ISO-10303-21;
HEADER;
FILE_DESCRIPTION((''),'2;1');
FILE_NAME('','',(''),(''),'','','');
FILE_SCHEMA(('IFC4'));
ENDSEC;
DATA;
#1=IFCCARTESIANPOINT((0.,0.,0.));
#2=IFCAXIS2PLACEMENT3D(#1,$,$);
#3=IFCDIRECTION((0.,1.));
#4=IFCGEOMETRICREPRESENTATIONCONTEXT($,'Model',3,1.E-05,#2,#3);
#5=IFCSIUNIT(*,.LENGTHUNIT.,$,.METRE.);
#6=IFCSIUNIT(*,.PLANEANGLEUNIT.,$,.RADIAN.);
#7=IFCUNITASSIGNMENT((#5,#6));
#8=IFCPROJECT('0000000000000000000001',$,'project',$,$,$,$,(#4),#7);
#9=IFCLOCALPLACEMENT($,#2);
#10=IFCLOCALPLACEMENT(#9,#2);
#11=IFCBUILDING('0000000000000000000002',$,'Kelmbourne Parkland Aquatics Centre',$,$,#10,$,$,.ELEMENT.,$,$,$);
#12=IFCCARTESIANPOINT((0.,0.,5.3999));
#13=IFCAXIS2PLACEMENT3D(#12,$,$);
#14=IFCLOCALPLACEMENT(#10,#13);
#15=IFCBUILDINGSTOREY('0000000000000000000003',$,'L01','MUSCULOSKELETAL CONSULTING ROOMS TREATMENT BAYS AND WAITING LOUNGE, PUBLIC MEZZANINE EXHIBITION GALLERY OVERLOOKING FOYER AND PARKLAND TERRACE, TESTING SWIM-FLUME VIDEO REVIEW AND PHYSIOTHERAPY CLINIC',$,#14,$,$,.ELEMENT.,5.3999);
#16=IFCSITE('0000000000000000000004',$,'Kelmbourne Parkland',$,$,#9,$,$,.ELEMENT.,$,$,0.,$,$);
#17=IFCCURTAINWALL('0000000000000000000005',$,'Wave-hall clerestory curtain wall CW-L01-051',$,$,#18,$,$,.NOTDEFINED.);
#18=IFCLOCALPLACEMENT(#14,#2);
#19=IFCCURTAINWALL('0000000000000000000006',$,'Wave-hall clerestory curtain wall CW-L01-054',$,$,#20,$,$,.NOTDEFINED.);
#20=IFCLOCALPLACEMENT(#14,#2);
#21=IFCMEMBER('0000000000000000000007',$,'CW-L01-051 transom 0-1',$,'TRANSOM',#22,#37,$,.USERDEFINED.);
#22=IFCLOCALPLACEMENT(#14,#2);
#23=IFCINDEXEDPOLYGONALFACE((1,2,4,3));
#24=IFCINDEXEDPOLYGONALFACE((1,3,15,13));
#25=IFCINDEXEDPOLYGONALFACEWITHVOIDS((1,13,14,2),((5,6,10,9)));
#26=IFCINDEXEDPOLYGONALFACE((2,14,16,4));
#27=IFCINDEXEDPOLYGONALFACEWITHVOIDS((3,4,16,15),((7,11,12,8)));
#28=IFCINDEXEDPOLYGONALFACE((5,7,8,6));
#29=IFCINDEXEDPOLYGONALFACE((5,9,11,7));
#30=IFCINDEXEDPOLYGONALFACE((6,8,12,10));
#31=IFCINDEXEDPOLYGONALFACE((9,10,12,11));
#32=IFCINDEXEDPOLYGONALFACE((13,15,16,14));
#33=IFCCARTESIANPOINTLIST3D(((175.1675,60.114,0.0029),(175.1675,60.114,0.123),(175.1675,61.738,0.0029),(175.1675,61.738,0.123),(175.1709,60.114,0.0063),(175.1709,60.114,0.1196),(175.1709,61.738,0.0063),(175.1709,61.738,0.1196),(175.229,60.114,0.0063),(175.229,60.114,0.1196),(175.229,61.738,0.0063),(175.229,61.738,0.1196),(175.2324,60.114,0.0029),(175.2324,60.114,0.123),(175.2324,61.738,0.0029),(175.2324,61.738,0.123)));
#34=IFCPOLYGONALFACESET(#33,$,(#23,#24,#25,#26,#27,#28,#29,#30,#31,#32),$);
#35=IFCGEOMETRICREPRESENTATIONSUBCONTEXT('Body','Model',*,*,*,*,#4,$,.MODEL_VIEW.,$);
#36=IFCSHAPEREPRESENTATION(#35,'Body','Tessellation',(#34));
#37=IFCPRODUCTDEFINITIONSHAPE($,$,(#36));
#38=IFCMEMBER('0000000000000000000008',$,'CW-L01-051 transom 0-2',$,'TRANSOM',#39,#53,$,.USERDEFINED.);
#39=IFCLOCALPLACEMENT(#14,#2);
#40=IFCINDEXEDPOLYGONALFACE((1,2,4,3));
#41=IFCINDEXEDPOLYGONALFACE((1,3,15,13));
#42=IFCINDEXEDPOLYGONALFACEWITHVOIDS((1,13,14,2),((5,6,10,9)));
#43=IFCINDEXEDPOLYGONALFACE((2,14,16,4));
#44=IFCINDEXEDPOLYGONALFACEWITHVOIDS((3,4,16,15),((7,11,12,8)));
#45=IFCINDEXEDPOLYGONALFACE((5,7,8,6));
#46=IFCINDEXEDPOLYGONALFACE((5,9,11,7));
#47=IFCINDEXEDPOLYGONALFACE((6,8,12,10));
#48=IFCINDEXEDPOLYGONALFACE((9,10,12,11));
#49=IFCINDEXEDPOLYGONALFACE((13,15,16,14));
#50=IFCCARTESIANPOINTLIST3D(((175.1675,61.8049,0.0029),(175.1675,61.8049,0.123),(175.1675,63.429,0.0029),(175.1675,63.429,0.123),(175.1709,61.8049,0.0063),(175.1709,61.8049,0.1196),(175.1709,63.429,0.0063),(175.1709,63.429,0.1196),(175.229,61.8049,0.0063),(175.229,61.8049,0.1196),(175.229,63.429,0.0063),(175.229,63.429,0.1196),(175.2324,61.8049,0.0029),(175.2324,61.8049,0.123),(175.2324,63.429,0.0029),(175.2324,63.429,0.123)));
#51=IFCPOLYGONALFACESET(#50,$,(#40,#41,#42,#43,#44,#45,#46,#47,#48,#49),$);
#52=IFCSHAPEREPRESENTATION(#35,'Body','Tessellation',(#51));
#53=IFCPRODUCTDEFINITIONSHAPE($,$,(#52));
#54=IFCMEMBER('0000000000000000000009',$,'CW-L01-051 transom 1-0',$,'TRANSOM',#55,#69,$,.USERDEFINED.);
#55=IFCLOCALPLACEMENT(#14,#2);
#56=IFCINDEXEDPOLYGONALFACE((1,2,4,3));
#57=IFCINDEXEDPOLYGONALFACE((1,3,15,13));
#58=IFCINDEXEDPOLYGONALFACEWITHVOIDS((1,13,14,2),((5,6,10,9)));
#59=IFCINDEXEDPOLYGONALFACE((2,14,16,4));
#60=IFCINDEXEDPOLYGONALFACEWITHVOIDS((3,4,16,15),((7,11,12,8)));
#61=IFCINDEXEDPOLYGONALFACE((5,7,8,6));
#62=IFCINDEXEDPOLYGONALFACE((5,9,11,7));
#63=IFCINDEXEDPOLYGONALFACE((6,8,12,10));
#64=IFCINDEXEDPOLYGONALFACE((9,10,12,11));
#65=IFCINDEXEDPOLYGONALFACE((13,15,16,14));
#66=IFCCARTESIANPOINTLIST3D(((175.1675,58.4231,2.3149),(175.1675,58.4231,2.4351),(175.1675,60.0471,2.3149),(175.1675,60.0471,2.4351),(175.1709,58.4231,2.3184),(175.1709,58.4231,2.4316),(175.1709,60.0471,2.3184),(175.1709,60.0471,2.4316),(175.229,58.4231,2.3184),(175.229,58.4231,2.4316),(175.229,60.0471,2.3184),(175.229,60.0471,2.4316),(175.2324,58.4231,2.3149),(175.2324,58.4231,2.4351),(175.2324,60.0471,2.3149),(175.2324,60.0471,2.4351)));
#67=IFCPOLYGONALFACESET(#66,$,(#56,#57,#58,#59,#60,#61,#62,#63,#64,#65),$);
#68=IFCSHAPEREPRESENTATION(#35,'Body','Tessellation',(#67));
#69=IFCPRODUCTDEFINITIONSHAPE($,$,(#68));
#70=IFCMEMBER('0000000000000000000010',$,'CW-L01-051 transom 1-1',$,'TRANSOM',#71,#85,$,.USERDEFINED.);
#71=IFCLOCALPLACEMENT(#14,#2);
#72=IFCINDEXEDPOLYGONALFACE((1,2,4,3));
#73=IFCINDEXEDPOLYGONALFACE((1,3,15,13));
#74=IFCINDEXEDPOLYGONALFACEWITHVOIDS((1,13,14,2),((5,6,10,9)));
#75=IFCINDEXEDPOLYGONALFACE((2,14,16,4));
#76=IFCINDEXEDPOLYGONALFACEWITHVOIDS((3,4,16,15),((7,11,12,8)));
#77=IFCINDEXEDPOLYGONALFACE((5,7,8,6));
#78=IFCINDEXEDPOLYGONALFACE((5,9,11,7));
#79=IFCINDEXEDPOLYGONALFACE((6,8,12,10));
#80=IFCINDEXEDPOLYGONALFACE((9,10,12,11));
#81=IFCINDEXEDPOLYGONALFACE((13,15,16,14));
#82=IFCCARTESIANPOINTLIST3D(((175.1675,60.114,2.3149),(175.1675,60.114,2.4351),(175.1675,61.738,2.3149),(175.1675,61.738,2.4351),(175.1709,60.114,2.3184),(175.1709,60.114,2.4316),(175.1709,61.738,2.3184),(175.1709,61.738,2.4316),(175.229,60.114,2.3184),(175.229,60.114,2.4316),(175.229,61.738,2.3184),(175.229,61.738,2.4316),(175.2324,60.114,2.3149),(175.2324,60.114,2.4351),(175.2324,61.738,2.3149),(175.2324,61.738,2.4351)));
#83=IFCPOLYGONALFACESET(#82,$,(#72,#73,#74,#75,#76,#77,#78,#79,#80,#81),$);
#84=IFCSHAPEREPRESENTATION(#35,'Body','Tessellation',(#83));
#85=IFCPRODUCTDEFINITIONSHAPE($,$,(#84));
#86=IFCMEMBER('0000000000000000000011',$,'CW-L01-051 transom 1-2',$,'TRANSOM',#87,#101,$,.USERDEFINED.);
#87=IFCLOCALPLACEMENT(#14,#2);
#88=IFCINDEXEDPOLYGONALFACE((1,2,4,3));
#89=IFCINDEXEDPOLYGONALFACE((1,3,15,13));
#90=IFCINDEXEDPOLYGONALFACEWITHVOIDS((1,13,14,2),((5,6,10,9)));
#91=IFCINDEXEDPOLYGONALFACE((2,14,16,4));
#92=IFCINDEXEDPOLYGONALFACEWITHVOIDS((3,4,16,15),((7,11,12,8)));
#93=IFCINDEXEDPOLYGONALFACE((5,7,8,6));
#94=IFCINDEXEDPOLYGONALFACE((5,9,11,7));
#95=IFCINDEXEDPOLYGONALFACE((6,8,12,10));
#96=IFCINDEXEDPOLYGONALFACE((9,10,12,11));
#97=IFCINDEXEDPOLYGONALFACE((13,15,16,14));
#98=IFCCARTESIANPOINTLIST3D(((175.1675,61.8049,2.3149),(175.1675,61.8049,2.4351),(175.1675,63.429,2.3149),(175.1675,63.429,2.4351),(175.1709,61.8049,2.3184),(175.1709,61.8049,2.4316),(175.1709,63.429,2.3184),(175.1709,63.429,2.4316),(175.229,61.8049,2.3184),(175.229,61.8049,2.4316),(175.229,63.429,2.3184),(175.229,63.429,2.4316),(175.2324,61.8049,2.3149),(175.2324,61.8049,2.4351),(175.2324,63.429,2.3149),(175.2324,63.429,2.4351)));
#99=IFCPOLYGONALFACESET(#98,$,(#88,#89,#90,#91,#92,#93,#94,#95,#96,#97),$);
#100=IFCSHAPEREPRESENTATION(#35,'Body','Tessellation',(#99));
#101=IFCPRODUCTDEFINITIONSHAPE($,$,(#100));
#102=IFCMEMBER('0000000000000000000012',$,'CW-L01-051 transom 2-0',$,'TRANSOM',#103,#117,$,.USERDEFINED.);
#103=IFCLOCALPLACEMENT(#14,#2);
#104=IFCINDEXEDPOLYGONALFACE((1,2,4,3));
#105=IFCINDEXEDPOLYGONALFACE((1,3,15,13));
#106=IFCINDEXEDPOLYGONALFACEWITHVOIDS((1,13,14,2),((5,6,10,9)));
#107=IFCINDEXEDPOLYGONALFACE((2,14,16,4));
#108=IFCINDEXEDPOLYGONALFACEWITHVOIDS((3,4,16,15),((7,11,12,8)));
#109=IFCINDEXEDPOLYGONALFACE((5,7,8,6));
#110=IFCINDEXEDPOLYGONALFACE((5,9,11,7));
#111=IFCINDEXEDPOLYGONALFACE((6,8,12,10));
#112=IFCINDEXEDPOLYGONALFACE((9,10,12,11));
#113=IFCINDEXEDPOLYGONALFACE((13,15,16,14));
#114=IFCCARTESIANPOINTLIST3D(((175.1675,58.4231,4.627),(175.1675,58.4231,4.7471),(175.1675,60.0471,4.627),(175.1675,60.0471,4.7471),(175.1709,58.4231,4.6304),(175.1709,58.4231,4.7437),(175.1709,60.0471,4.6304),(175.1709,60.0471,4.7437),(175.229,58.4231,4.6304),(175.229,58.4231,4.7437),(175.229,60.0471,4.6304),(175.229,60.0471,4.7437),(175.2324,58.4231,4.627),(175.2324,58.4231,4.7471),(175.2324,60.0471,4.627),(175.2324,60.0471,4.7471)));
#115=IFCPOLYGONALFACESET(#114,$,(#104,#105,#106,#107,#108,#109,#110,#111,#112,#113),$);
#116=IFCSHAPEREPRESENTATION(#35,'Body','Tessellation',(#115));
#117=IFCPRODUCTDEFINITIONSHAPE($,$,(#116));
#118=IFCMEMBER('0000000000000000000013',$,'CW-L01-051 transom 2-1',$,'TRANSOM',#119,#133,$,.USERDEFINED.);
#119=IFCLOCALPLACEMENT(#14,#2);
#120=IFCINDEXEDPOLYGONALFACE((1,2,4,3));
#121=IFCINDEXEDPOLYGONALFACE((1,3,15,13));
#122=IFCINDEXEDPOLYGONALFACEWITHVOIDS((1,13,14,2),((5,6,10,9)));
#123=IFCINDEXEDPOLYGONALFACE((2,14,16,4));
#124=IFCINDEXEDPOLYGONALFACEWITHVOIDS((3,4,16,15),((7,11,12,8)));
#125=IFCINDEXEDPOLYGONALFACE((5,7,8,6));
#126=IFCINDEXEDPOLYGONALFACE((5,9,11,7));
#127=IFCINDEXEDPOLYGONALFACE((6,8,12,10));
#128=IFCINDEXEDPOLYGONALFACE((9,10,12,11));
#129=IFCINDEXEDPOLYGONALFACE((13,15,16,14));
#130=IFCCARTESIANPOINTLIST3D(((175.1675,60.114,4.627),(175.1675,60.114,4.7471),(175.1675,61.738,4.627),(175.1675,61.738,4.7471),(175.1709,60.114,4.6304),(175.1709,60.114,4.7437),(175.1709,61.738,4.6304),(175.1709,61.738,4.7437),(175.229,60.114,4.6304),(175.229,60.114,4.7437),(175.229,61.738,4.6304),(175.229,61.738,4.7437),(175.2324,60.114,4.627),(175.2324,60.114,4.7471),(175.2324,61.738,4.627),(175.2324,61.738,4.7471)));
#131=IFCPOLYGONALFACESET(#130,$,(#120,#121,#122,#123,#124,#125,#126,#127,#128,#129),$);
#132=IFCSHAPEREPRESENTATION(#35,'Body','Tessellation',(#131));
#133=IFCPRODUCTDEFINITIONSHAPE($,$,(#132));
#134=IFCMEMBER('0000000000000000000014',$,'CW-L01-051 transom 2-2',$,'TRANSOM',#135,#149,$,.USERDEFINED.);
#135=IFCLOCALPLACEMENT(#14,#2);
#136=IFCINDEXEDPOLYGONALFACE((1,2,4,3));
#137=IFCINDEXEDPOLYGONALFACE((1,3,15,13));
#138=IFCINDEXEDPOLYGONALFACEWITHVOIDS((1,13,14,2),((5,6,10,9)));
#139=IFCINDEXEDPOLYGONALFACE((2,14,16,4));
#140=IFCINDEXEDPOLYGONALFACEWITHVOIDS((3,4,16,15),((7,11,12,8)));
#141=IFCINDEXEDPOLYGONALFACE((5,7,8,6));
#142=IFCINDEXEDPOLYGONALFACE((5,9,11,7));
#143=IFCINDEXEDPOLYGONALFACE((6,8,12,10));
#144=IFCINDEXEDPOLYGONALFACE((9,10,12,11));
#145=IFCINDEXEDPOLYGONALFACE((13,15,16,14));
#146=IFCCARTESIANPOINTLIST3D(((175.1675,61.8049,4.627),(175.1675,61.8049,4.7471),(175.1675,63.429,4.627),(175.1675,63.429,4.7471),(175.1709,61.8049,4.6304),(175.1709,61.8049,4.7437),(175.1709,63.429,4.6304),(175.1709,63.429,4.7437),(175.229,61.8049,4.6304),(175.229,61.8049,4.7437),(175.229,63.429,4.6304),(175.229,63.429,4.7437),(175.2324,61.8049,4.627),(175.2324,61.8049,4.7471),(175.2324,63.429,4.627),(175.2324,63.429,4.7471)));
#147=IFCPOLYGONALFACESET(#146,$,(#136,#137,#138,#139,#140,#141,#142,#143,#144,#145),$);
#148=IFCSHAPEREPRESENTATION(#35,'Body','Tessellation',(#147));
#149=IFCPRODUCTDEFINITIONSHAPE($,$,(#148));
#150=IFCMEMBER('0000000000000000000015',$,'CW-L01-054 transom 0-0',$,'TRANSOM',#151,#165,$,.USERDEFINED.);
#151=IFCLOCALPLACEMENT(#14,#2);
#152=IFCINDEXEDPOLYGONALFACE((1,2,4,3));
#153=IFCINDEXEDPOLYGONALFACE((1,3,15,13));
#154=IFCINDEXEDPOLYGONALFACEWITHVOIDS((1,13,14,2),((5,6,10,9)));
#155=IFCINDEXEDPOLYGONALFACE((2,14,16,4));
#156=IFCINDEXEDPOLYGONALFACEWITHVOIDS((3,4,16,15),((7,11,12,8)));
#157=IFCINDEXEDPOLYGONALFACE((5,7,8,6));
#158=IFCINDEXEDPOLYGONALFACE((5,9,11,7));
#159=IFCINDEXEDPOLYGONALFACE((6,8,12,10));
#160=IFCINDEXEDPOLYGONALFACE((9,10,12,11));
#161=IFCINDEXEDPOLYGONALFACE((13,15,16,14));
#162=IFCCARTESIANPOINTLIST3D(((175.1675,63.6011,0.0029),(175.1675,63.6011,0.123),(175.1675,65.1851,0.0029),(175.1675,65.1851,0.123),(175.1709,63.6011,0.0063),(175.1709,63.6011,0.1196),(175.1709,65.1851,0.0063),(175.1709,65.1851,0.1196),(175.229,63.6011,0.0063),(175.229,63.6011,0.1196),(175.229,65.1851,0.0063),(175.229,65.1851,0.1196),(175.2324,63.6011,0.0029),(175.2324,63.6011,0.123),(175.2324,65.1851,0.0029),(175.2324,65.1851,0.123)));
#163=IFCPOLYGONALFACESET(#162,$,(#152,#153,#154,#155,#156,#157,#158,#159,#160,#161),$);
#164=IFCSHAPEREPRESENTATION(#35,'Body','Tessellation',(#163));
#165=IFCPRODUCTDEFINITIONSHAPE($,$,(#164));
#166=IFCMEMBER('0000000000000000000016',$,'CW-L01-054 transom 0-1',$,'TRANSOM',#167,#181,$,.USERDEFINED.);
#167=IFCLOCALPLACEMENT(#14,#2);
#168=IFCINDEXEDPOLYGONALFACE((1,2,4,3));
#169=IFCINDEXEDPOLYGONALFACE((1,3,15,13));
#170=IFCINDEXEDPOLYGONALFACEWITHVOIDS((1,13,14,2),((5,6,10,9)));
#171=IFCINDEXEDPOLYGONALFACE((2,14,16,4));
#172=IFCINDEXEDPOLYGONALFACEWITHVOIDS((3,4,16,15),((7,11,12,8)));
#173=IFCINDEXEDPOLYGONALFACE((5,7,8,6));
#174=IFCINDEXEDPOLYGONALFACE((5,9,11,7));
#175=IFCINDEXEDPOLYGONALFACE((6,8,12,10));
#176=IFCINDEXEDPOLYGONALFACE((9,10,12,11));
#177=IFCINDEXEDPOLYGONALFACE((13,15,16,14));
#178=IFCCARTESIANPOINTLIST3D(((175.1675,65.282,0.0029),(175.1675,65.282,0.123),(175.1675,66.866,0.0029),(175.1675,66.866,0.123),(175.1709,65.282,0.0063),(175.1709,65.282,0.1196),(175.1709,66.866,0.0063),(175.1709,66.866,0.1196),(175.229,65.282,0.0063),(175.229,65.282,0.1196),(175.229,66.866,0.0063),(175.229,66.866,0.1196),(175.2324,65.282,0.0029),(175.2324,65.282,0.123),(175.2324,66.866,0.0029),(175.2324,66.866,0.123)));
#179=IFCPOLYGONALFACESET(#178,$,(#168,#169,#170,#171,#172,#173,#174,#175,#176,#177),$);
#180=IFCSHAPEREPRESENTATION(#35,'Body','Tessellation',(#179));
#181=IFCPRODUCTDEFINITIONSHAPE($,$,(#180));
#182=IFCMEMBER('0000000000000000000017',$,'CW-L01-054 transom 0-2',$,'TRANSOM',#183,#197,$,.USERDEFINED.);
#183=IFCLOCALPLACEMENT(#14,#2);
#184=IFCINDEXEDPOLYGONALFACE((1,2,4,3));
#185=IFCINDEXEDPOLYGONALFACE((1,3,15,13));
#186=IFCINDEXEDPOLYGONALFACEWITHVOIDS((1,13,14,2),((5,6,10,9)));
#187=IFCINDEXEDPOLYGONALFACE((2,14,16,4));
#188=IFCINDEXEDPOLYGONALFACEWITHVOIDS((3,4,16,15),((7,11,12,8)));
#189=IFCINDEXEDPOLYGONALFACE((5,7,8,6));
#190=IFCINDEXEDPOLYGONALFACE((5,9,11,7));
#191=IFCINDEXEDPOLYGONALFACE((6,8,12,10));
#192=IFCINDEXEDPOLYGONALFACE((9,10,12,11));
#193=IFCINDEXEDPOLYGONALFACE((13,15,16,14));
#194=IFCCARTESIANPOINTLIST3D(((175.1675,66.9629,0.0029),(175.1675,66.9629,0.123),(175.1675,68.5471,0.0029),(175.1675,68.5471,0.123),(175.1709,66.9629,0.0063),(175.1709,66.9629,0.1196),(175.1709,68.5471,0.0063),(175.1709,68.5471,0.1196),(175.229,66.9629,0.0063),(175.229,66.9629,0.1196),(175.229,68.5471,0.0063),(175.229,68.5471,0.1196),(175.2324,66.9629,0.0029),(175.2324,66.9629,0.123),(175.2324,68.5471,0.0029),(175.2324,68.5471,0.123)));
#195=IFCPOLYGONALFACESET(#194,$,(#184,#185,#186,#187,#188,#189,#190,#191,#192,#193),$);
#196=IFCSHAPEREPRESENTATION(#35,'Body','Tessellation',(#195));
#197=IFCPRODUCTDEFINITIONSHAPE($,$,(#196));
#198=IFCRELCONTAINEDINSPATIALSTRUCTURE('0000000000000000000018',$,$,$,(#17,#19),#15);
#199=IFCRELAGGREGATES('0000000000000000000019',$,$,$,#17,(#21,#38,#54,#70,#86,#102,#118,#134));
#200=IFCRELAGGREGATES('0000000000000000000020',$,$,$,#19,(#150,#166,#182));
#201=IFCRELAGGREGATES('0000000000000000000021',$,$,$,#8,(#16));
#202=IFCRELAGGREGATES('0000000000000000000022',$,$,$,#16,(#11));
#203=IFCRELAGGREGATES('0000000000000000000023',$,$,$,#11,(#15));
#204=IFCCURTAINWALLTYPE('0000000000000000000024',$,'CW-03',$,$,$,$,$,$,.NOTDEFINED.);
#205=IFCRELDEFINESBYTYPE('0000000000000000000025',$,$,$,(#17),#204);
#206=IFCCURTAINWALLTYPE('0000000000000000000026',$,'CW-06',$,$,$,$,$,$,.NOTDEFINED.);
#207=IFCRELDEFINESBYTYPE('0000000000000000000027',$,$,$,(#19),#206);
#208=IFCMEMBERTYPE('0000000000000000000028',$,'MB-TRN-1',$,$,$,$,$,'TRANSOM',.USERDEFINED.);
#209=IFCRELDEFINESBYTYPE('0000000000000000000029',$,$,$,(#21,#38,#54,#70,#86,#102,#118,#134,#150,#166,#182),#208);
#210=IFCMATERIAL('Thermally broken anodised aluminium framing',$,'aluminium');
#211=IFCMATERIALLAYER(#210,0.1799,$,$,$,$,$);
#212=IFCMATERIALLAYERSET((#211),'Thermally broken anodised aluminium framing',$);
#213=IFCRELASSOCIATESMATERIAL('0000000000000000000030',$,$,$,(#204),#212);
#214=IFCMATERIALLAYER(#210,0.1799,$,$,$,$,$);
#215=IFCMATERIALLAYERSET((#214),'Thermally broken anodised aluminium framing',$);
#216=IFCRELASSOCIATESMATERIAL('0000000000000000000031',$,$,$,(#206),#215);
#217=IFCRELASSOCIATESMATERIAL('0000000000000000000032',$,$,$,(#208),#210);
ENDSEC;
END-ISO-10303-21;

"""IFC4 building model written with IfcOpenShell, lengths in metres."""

from ifc_helpers import new_model, si_unit, direction, frame, origin, origin_2d, place, context, subcontext, project, spatial, hollow_rectangle, extrude, material, layer, layer_set, material_profile, profile_set, type_object, element, aggregate, save


model = new_model("IFC4")

# Units and contexts
model_context = context("Model", 3, precision=1e-05, world=origin(), true_north=direction((0.0, 1.0)))
body_context = subcontext(model_context, "Body", "Model", "MODEL_VIEW")
ifc_project = project(units=[si_unit("LENGTHUNIT", "METRE"), si_unit("PLANEANGLEUNIT", "RADIAN")], contexts=[model_context])

# Site, building, storey
site_placement = place(None, origin())
site = spatial("IfcSite", under=ifc_project, at=site_placement, Name="Kelmbourne Parkland", CompositionType="ELEMENT", RefElevation=0.0)
building_placement = place(site_placement, origin())
building = spatial("IfcBuilding", under=site, at=building_placement, Name="Kelmbourne Parkland Aquatics Centre", CompositionType="ELEMENT")
storey_placement = place(building_placement, frame((0.0, 0.0, 5.3999)))
storey = spatial("IfcBuildingStorey", under=building, at=storey_placement, Name="L01", Description="MUSCULOSKELETAL CONSULTING ROOMS TREATMENT BAYS AND WAITING LOUNGE, PUBLIC MEZZANINE EXHIBITION GALLERY OVERLOOKING FOYER AND PARKLAND TERRACE, TESTING SWIM-FLUME VIDEO REVIEW AND PHYSIOTHERAPY CLINIC", CompositionType="ELEMENT", Elevation=5.3999)

# Curtain wall
ifc_material_1 = material(Name="Thermally broken anodised aluminium framing", Category="aluminium")
ifc_layer_1 = layer(ifc_material_1, 0.1799)
ifc_layer_set_1 = layer_set([ifc_layer_1], Name="Thermally broken anodised aluminium framing")
curtain_wall_type_1 = type_object("IfcCurtainWallType", Name="CW-03", PredefinedType="NOTDEFINED", material=ifc_layer_set_1)
curtain_wall_1_placement = place(storey_placement, origin())
curtain_wall_1 = element("IfcCurtainWall", 1, at=curtain_wall_1_placement, inside=storey, type_object=curtain_wall_type_1, Name="Wave-hall clerestory curtain wall CW-L01-051", PredefinedType="NOTDEFINED")

# Curtain wall
ifc_layer_2 = layer(ifc_material_1, 0.1799)
ifc_layer_set_2 = layer_set([ifc_layer_2], Name="Thermally broken anodised aluminium framing")
curtain_wall_type_2 = type_object("IfcCurtainWallType", Name="CW-06", PredefinedType="NOTDEFINED", material=ifc_layer_set_2)
curtain_wall_2_placement = place(storey_placement, origin())
curtain_wall_2 = element("IfcCurtainWall", 2, at=curtain_wall_2_placement, inside=storey, type_object=curtain_wall_type_2, Name="Wave-hall clerestory curtain wall CW-L01-054", PredefinedType="NOTDEFINED")

# Members
ifc_material_profile_1 = material_profile(ifc_material_1, hollow_rectangle(XDim=0.0649, YDim=0.1201, WallThickness=0.0034, at=origin_2d()), Name="CW-T 65x120")
ifc_profile_set_1 = profile_set([ifc_material_profile_1], Name="Thermally broken anodised aluminium framing")
member_type_1 = type_object("IfcMemberType", Name="MB-TRN-1", ElementType="TRANSOM", PredefinedType="USERDEFINED", material=ifc_profile_set_1)
member_1_placement = place(storey_placement, frame((175.2, 60.114, 0.063), z_axis=(0.0, 1.0, 0.0), x_axis=(-1.0, 0.0, 0.0)))
member_1 = element("IfcMember", 3, at=member_1_placement, type_object=member_type_1, Name="CW-L01-051 transom 0-1", ObjectType="TRANSOM", PredefinedType="USERDEFINED", context=body_context, shape_type="SweptSolid", body=[
    extrude(hollow_rectangle(XDim=0.0649, YDim=0.1201, WallThickness=0.0034, at=origin_2d()), origin(), (0.0, 0.0, 1.0), 1.624),
])
member_2_placement = place(storey_placement, frame((175.2, 61.8049, 0.063), z_axis=(0.0, 1.0, 0.0), x_axis=(-1.0, 0.0, 0.0)))
member_2 = element("IfcMember", 4, at=member_2_placement, type_object=member_type_1, Name="CW-L01-051 transom 0-2", ObjectType="TRANSOM", PredefinedType="USERDEFINED", context=body_context, shape_type="SweptSolid", body=[
    extrude(hollow_rectangle(XDim=0.0649, YDim=0.1201, WallThickness=0.0034, at=origin_2d()), origin(), (0.0, 0.0, 1.0), 1.624),
])
member_3_placement = place(storey_placement, frame((175.2, 58.4231, 2.375), z_axis=(0.0, 1.0, 0.0), x_axis=(-1.0, 0.0, 0.0)))
member_3 = element("IfcMember", 5, at=member_3_placement, type_object=member_type_1, Name="CW-L01-051 transom 1-0", ObjectType="TRANSOM", PredefinedType="USERDEFINED", context=body_context, shape_type="SweptSolid", body=[
    extrude(hollow_rectangle(XDim=0.0649, YDim=0.1201, WallThickness=0.0034, at=origin_2d()), origin(), (0.0, 0.0, 1.0), 1.624),
])
member_4_placement = place(storey_placement, frame((175.2, 60.114, 2.375), z_axis=(0.0, 1.0, 0.0), x_axis=(-1.0, 0.0, 0.0)))
member_4 = element("IfcMember", 6, at=member_4_placement, type_object=member_type_1, Name="CW-L01-051 transom 1-1", ObjectType="TRANSOM", PredefinedType="USERDEFINED", context=body_context, shape_type="SweptSolid", body=[
    extrude(hollow_rectangle(XDim=0.0649, YDim=0.1201, WallThickness=0.0034, at=origin_2d()), origin(), (0.0, 0.0, 1.0), 1.624),
])
member_5_placement = place(storey_placement, frame((175.2, 61.8049, 2.375), z_axis=(0.0, 1.0, 0.0), x_axis=(-1.0, 0.0, 0.0)))
member_5 = element("IfcMember", 7, at=member_5_placement, type_object=member_type_1, Name="CW-L01-051 transom 1-2", ObjectType="TRANSOM", PredefinedType="USERDEFINED", context=body_context, shape_type="SweptSolid", body=[
    extrude(hollow_rectangle(XDim=0.0649, YDim=0.1201, WallThickness=0.0034, at=origin_2d()), origin(), (0.0, 0.0, 1.0), 1.624),
])
member_6_placement = place(storey_placement, frame((175.2, 58.4231, 4.687), z_axis=(0.0, 1.0, 0.0), x_axis=(-1.0, 0.0, 0.0)))
member_6 = element("IfcMember", 8, at=member_6_placement, type_object=member_type_1, Name="CW-L01-051 transom 2-0", ObjectType="TRANSOM", PredefinedType="USERDEFINED", context=body_context, shape_type="SweptSolid", body=[
    extrude(hollow_rectangle(XDim=0.0649, YDim=0.1201, WallThickness=0.0034, at=origin_2d()), origin(), (0.0, 0.0, 1.0), 1.624),
])
member_7_placement = place(storey_placement, frame((175.2, 60.114, 4.687), z_axis=(0.0, 1.0, 0.0), x_axis=(-1.0, 0.0, 0.0)))
member_7 = element("IfcMember", 9, at=member_7_placement, type_object=member_type_1, Name="CW-L01-051 transom 2-1", ObjectType="TRANSOM", PredefinedType="USERDEFINED", context=body_context, shape_type="SweptSolid", body=[
    extrude(hollow_rectangle(XDim=0.0649, YDim=0.1201, WallThickness=0.0034, at=origin_2d()), origin(), (0.0, 0.0, 1.0), 1.624),
])
member_8_placement = place(storey_placement, frame((175.2, 61.8049, 4.687), z_axis=(0.0, 1.0, 0.0), x_axis=(-1.0, 0.0, 0.0)))
member_8 = element("IfcMember", 10, at=member_8_placement, type_object=member_type_1, Name="CW-L01-051 transom 2-2", ObjectType="TRANSOM", PredefinedType="USERDEFINED", context=body_context, shape_type="SweptSolid", body=[
    extrude(hollow_rectangle(XDim=0.0649, YDim=0.1201, WallThickness=0.0034, at=origin_2d()), origin(), (0.0, 0.0, 1.0), 1.624),
])
member_9_placement = place(storey_placement, frame((175.2, 63.6011, 0.063), z_axis=(0.0, 1.0, 0.0), x_axis=(-1.0, 0.0, 0.0)))
member_9 = element("IfcMember", 11, at=member_9_placement, type_object=member_type_1, Name="CW-L01-054 transom 0-0", ObjectType="TRANSOM", PredefinedType="USERDEFINED", context=body_context, shape_type="SweptSolid", body=[
    extrude(hollow_rectangle(XDim=0.0649, YDim=0.1201, WallThickness=0.0034, at=origin_2d()), origin(), (0.0, 0.0, 1.0), 1.584),
])
member_10_placement = place(storey_placement, frame((175.2, 65.282, 0.063), z_axis=(0.0, 1.0, 0.0), x_axis=(-1.0, 0.0, 0.0)))
member_10 = element("IfcMember", 12, at=member_10_placement, type_object=member_type_1, Name="CW-L01-054 transom 0-1", ObjectType="TRANSOM", PredefinedType="USERDEFINED", context=body_context, shape_type="SweptSolid", body=[
    extrude(hollow_rectangle(XDim=0.0649, YDim=0.1201, WallThickness=0.0034, at=origin_2d()), origin(), (0.0, 0.0, 1.0), 1.584),
])
member_11_placement = place(storey_placement, frame((175.2, 66.9629, 0.063), z_axis=(0.0, 1.0, 0.0), x_axis=(-1.0, 0.0, 0.0)))
member_11 = element("IfcMember", 13, at=member_11_placement, type_object=member_type_1, Name="CW-L01-054 transom 0-2", ObjectType="TRANSOM", PredefinedType="USERDEFINED", context=body_context, shape_type="SweptSolid", body=[
    extrude(hollow_rectangle(XDim=0.0649, YDim=0.1201, WallThickness=0.0034, at=origin_2d()), origin(), (0.0, 0.0, 1.0), 1.5842),
])

aggregate(curtain_wall_1, [member_1, member_2, member_3, member_4, member_5, member_6, member_7, member_8])
aggregate(curtain_wall_2, [member_9, member_10, member_11])

save(model, "model.ifc")
